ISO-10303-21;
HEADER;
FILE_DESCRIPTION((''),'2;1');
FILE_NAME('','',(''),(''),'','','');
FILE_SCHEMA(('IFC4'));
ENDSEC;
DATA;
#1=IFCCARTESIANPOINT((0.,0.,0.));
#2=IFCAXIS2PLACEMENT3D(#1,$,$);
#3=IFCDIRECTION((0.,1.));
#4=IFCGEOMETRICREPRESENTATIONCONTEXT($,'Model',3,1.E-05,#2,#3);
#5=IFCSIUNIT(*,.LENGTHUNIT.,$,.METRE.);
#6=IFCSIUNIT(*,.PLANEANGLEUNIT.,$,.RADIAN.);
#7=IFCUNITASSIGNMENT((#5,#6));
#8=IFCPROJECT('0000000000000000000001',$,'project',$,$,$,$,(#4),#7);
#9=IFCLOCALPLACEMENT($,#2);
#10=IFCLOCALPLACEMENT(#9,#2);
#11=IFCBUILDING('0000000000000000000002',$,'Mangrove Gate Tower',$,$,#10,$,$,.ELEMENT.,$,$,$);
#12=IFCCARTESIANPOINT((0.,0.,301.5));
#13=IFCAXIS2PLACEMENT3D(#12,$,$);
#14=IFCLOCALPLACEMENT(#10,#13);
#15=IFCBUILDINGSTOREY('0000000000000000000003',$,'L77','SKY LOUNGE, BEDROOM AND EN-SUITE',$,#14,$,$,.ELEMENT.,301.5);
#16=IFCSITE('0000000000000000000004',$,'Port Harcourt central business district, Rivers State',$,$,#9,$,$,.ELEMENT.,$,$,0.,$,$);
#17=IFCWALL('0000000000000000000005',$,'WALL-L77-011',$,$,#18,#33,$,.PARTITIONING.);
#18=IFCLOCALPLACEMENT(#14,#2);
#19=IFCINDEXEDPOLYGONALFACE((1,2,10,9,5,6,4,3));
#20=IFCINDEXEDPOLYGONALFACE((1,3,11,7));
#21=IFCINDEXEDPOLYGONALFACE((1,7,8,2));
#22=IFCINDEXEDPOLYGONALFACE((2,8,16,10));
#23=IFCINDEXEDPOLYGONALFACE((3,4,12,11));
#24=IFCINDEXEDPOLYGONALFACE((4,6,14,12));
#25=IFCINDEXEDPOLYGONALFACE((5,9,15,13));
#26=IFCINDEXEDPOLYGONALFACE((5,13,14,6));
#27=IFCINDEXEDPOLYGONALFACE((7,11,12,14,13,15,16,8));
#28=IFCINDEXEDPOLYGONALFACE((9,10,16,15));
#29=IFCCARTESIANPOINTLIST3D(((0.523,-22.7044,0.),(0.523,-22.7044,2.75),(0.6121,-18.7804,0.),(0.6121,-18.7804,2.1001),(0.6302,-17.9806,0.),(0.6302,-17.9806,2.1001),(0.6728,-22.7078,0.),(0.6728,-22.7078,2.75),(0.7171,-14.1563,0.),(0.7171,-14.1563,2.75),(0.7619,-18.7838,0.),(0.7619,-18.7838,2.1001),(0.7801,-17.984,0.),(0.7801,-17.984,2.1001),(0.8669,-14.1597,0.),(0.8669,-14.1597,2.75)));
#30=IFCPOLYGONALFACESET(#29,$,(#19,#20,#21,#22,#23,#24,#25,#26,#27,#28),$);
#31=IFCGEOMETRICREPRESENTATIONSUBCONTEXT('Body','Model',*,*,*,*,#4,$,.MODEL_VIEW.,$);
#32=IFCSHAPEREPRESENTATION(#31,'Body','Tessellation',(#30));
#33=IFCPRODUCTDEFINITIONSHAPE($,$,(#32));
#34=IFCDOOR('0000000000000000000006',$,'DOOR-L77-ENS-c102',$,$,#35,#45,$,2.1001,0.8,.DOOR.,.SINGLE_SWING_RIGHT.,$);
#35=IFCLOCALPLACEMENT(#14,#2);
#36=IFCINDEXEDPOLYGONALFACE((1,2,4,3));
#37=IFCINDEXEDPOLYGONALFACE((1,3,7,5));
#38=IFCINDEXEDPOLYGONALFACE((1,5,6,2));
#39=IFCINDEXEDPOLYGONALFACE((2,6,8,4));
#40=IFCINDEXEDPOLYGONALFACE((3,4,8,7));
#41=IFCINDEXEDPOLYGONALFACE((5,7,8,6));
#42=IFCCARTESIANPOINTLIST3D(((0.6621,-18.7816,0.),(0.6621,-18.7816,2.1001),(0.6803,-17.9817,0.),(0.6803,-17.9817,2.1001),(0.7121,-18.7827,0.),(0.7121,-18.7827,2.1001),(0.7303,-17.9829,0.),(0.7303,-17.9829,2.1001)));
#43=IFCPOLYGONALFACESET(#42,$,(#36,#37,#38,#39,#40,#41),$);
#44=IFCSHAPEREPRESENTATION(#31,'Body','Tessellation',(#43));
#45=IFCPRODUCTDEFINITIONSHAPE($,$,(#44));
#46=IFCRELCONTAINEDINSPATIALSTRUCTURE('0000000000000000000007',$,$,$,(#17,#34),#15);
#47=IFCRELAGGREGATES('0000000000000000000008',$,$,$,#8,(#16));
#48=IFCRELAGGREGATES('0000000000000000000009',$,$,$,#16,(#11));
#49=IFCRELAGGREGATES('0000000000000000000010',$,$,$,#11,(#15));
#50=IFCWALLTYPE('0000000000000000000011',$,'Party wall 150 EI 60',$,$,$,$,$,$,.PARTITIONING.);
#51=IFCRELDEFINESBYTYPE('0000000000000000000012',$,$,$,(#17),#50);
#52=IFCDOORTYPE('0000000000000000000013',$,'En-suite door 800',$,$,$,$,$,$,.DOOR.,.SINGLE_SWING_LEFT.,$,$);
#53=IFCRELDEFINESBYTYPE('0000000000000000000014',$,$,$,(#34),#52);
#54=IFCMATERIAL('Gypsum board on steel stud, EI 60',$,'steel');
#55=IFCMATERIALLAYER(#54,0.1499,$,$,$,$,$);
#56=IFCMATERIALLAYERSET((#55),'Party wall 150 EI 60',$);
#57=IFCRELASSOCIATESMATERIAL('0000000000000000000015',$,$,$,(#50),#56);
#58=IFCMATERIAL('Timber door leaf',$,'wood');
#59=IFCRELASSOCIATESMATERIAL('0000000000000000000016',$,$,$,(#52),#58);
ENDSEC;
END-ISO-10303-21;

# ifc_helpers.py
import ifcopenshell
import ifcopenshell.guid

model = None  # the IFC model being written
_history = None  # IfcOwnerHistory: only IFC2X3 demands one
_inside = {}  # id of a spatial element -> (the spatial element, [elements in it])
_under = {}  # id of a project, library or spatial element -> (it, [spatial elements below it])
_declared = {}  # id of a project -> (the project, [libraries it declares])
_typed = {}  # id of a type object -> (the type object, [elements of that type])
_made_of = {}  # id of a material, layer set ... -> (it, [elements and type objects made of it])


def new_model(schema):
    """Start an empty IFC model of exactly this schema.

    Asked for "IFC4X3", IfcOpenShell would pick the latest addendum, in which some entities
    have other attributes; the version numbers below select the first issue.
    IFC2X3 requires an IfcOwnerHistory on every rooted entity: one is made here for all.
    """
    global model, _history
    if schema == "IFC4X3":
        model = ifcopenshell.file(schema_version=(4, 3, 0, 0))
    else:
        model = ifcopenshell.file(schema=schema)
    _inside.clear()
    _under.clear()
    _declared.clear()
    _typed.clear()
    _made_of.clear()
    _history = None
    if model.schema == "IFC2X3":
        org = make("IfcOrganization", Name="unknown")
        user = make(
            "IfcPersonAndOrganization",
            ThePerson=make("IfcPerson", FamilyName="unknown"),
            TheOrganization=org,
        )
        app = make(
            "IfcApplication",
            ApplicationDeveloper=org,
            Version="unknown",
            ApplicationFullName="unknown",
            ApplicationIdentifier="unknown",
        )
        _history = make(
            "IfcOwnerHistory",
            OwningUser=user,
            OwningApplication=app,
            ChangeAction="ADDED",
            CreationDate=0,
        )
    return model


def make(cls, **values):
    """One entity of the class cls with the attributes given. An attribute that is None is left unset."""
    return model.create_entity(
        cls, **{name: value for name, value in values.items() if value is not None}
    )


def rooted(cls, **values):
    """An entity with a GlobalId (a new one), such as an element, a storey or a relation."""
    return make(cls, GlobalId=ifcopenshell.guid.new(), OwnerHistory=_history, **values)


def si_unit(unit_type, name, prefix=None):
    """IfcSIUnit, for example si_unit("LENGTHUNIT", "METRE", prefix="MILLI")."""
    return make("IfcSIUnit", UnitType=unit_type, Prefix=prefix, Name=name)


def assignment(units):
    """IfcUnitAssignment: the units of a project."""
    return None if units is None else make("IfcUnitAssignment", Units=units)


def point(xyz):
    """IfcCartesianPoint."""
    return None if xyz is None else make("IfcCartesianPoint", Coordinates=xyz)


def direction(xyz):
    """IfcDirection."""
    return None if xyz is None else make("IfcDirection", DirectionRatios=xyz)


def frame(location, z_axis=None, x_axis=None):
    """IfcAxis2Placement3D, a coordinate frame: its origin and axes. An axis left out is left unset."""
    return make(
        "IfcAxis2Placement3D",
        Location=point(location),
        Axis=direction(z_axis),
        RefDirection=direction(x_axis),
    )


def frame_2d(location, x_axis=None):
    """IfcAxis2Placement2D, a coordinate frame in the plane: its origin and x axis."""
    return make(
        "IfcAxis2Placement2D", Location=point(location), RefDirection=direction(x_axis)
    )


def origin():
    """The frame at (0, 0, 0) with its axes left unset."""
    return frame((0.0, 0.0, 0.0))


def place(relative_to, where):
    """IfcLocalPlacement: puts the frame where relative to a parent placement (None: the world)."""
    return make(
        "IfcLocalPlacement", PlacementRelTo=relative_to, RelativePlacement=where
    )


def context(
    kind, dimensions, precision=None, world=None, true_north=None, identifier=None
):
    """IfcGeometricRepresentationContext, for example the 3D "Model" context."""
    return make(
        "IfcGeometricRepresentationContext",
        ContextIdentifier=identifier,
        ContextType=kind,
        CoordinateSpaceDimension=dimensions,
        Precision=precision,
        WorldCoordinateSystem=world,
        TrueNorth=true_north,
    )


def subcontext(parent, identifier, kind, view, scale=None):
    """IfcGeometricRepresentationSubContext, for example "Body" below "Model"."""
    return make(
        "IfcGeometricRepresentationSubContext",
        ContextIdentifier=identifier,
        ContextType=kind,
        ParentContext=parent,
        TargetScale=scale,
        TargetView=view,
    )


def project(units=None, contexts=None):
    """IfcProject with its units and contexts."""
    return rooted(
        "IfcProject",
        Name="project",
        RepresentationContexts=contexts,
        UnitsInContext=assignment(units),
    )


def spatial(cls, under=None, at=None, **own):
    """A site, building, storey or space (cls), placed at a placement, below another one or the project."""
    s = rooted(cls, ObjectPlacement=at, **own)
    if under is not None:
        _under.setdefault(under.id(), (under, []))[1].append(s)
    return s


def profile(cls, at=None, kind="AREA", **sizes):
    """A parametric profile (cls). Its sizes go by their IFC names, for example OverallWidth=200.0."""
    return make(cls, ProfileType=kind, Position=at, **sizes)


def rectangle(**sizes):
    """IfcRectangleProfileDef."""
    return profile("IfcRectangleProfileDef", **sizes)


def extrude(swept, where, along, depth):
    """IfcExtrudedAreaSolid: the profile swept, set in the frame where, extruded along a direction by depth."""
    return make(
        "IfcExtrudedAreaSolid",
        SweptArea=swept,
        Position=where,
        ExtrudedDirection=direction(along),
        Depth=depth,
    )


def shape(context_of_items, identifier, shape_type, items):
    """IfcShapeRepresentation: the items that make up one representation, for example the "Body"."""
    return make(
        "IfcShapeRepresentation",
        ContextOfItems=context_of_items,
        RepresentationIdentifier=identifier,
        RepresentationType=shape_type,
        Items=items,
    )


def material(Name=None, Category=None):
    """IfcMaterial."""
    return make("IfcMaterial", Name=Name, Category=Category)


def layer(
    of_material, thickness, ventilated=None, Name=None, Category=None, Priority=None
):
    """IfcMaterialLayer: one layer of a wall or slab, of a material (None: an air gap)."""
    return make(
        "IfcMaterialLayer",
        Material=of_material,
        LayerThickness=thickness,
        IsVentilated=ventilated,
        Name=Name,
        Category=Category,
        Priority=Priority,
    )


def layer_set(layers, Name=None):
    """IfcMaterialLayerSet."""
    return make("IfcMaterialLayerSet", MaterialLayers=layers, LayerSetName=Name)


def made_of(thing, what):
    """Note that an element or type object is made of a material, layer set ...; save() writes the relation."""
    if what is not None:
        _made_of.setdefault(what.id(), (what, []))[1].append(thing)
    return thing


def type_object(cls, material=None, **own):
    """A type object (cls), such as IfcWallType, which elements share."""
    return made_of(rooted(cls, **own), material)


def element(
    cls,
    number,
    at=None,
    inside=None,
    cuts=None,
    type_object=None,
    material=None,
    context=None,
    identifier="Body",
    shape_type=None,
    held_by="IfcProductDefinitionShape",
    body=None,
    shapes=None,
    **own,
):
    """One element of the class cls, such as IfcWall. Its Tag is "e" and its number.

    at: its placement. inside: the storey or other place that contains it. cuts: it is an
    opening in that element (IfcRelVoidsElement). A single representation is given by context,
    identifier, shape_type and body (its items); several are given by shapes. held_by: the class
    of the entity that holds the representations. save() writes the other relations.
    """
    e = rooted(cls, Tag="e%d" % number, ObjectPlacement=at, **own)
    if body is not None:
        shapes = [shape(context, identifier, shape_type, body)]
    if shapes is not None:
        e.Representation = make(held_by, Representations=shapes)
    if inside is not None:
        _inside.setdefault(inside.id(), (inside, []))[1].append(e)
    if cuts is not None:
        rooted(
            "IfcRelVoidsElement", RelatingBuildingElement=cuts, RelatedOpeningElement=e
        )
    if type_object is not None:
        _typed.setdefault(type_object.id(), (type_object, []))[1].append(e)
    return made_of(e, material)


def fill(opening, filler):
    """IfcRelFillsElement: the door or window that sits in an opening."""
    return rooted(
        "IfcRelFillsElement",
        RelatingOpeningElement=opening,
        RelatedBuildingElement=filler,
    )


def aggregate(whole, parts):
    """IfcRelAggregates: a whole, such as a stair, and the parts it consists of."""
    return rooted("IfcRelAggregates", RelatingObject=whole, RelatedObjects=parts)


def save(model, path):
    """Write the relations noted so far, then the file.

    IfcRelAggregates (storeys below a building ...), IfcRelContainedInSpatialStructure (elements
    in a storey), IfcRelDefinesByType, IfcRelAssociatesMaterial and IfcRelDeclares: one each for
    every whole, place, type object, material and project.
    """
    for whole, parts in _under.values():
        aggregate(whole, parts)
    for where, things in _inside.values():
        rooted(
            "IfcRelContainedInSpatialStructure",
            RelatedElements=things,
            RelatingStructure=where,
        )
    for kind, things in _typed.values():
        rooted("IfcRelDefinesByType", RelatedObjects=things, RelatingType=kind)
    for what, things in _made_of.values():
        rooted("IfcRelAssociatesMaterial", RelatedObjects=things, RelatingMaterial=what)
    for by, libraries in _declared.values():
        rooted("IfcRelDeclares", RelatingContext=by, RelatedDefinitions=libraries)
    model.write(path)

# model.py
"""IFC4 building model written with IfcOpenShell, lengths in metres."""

from ifc_helpers import new_model, si_unit, direction, frame, frame_2d, origin, place, context, subcontext, project, spatial, rectangle, extrude, material, layer, layer_set, type_object, element, fill, save


model = new_model("IFC4")

# Units and contexts
model_context = context("Model", 3, precision=1e-05, world=origin(), true_north=direction((0.0, 1.0)))
body_context = subcontext(model_context, "Body", "Model", "MODEL_VIEW")
ifc_project = project(units=[si_unit("LENGTHUNIT", "METRE"), si_unit("PLANEANGLEUNIT", "RADIAN")], contexts=[model_context])

# Site, building, storey
site_placement = place(None, origin())
site = spatial("IfcSite", under=ifc_project, at=site_placement, Name="Port Harcourt central business district, Rivers State", CompositionType="ELEMENT", RefElevation=0.0)
building_placement = place(site_placement, origin())
building = spatial("IfcBuilding", under=site, at=building_placement, Name="Mangrove Gate Tower", CompositionType="ELEMENT")
storey_placement = place(building_placement, frame((0.0, 0.0, 301.5)))
storey = spatial("IfcBuildingStorey", under=building, at=storey_placement, Name="L77", Description="SKY LOUNGE, BEDROOM AND EN-SUITE", CompositionType="ELEMENT", Elevation=301.5)

# Shared definitions
ifc_material_1 = material(Name="Gypsum board on steel stud, EI 60", Category="steel")
ifc_layer_1 = layer(ifc_material_1, 0.1499)
ifc_layer_set_1 = layer_set([ifc_layer_1], Name="Party wall 150 EI 60")
wall_type_1 = type_object("IfcWallType", Name="Party wall 150 EI 60", PredefinedType="PARTITIONING", material=ifc_layer_set_1)

# Wall, opening, door
wall_1_placement = place(storey_placement, frame((0.5979, -22.7061, 0.0), z_axis=(0.0, 0.0, 1.0), x_axis=(0.0227, 0.999742, 0.0)))
wall_1 = element("IfcWall", 1, at=wall_1_placement, inside=storey, type_object=wall_type_1, Name="WALL-L77-011", PredefinedType="PARTITIONING", context=body_context, shape_type="SweptSolid", body=[
    extrude(rectangle(XDim=8.5503, YDim=0.1499, at=frame_2d((4.2751, 0.0))), origin(), (0.0, 0.0, 1.0), 2.75),
])
opening_1_placement = place(wall_1_placement, frame((3.925, 0.0, 0.0)))
opening_1 = element("IfcOpeningElement", 2, at=opening_1_placement, cuts=wall_1, PredefinedType="OPENING", context=body_context, shape_type="SweptSolid", body=[
    extrude(rectangle(XDim=0.8, YDim=2.1001, at=frame_2d((0.3999, 1.05))), frame((0.0, 0.085, 0.0), z_axis=(0.0, -1.0, 0.0), x_axis=(1.0, 0.0, 0.0)), (0.0, 0.0, 1.0), 0.1699),
])
ifc_material_2 = material(Name="Timber door leaf", Category="wood")
door_type_1 = type_object("IfcDoorType", Name="En-suite door 800", OperationType="SINGLE_SWING_LEFT", PredefinedType="DOOR", material=ifc_material_2)
door_1_placement = place(opening_1_placement, origin())
door_1 = element("IfcDoor", 3, at=door_1_placement, inside=storey, type_object=door_type_1, Name="DOOR-L77-ENS-c102", OperationType="SINGLE_SWING_RIGHT", OverallHeight=2.1001, OverallWidth=0.8, PredefinedType="DOOR", context=body_context, shape_type="SweptSolid", body=[
    extrude(rectangle(XDim=0.8, YDim=2.1001, at=frame_2d((0.3999, 1.05))), frame((0.0, 0.0249, 0.0), z_axis=(0.0, -1.0, 0.0), x_axis=(1.0, 0.0, 0.0)), (0.0, 0.0, 1.0), 0.05),
])
fill(opening_1, door_1)

save(model, "model.ifc")
